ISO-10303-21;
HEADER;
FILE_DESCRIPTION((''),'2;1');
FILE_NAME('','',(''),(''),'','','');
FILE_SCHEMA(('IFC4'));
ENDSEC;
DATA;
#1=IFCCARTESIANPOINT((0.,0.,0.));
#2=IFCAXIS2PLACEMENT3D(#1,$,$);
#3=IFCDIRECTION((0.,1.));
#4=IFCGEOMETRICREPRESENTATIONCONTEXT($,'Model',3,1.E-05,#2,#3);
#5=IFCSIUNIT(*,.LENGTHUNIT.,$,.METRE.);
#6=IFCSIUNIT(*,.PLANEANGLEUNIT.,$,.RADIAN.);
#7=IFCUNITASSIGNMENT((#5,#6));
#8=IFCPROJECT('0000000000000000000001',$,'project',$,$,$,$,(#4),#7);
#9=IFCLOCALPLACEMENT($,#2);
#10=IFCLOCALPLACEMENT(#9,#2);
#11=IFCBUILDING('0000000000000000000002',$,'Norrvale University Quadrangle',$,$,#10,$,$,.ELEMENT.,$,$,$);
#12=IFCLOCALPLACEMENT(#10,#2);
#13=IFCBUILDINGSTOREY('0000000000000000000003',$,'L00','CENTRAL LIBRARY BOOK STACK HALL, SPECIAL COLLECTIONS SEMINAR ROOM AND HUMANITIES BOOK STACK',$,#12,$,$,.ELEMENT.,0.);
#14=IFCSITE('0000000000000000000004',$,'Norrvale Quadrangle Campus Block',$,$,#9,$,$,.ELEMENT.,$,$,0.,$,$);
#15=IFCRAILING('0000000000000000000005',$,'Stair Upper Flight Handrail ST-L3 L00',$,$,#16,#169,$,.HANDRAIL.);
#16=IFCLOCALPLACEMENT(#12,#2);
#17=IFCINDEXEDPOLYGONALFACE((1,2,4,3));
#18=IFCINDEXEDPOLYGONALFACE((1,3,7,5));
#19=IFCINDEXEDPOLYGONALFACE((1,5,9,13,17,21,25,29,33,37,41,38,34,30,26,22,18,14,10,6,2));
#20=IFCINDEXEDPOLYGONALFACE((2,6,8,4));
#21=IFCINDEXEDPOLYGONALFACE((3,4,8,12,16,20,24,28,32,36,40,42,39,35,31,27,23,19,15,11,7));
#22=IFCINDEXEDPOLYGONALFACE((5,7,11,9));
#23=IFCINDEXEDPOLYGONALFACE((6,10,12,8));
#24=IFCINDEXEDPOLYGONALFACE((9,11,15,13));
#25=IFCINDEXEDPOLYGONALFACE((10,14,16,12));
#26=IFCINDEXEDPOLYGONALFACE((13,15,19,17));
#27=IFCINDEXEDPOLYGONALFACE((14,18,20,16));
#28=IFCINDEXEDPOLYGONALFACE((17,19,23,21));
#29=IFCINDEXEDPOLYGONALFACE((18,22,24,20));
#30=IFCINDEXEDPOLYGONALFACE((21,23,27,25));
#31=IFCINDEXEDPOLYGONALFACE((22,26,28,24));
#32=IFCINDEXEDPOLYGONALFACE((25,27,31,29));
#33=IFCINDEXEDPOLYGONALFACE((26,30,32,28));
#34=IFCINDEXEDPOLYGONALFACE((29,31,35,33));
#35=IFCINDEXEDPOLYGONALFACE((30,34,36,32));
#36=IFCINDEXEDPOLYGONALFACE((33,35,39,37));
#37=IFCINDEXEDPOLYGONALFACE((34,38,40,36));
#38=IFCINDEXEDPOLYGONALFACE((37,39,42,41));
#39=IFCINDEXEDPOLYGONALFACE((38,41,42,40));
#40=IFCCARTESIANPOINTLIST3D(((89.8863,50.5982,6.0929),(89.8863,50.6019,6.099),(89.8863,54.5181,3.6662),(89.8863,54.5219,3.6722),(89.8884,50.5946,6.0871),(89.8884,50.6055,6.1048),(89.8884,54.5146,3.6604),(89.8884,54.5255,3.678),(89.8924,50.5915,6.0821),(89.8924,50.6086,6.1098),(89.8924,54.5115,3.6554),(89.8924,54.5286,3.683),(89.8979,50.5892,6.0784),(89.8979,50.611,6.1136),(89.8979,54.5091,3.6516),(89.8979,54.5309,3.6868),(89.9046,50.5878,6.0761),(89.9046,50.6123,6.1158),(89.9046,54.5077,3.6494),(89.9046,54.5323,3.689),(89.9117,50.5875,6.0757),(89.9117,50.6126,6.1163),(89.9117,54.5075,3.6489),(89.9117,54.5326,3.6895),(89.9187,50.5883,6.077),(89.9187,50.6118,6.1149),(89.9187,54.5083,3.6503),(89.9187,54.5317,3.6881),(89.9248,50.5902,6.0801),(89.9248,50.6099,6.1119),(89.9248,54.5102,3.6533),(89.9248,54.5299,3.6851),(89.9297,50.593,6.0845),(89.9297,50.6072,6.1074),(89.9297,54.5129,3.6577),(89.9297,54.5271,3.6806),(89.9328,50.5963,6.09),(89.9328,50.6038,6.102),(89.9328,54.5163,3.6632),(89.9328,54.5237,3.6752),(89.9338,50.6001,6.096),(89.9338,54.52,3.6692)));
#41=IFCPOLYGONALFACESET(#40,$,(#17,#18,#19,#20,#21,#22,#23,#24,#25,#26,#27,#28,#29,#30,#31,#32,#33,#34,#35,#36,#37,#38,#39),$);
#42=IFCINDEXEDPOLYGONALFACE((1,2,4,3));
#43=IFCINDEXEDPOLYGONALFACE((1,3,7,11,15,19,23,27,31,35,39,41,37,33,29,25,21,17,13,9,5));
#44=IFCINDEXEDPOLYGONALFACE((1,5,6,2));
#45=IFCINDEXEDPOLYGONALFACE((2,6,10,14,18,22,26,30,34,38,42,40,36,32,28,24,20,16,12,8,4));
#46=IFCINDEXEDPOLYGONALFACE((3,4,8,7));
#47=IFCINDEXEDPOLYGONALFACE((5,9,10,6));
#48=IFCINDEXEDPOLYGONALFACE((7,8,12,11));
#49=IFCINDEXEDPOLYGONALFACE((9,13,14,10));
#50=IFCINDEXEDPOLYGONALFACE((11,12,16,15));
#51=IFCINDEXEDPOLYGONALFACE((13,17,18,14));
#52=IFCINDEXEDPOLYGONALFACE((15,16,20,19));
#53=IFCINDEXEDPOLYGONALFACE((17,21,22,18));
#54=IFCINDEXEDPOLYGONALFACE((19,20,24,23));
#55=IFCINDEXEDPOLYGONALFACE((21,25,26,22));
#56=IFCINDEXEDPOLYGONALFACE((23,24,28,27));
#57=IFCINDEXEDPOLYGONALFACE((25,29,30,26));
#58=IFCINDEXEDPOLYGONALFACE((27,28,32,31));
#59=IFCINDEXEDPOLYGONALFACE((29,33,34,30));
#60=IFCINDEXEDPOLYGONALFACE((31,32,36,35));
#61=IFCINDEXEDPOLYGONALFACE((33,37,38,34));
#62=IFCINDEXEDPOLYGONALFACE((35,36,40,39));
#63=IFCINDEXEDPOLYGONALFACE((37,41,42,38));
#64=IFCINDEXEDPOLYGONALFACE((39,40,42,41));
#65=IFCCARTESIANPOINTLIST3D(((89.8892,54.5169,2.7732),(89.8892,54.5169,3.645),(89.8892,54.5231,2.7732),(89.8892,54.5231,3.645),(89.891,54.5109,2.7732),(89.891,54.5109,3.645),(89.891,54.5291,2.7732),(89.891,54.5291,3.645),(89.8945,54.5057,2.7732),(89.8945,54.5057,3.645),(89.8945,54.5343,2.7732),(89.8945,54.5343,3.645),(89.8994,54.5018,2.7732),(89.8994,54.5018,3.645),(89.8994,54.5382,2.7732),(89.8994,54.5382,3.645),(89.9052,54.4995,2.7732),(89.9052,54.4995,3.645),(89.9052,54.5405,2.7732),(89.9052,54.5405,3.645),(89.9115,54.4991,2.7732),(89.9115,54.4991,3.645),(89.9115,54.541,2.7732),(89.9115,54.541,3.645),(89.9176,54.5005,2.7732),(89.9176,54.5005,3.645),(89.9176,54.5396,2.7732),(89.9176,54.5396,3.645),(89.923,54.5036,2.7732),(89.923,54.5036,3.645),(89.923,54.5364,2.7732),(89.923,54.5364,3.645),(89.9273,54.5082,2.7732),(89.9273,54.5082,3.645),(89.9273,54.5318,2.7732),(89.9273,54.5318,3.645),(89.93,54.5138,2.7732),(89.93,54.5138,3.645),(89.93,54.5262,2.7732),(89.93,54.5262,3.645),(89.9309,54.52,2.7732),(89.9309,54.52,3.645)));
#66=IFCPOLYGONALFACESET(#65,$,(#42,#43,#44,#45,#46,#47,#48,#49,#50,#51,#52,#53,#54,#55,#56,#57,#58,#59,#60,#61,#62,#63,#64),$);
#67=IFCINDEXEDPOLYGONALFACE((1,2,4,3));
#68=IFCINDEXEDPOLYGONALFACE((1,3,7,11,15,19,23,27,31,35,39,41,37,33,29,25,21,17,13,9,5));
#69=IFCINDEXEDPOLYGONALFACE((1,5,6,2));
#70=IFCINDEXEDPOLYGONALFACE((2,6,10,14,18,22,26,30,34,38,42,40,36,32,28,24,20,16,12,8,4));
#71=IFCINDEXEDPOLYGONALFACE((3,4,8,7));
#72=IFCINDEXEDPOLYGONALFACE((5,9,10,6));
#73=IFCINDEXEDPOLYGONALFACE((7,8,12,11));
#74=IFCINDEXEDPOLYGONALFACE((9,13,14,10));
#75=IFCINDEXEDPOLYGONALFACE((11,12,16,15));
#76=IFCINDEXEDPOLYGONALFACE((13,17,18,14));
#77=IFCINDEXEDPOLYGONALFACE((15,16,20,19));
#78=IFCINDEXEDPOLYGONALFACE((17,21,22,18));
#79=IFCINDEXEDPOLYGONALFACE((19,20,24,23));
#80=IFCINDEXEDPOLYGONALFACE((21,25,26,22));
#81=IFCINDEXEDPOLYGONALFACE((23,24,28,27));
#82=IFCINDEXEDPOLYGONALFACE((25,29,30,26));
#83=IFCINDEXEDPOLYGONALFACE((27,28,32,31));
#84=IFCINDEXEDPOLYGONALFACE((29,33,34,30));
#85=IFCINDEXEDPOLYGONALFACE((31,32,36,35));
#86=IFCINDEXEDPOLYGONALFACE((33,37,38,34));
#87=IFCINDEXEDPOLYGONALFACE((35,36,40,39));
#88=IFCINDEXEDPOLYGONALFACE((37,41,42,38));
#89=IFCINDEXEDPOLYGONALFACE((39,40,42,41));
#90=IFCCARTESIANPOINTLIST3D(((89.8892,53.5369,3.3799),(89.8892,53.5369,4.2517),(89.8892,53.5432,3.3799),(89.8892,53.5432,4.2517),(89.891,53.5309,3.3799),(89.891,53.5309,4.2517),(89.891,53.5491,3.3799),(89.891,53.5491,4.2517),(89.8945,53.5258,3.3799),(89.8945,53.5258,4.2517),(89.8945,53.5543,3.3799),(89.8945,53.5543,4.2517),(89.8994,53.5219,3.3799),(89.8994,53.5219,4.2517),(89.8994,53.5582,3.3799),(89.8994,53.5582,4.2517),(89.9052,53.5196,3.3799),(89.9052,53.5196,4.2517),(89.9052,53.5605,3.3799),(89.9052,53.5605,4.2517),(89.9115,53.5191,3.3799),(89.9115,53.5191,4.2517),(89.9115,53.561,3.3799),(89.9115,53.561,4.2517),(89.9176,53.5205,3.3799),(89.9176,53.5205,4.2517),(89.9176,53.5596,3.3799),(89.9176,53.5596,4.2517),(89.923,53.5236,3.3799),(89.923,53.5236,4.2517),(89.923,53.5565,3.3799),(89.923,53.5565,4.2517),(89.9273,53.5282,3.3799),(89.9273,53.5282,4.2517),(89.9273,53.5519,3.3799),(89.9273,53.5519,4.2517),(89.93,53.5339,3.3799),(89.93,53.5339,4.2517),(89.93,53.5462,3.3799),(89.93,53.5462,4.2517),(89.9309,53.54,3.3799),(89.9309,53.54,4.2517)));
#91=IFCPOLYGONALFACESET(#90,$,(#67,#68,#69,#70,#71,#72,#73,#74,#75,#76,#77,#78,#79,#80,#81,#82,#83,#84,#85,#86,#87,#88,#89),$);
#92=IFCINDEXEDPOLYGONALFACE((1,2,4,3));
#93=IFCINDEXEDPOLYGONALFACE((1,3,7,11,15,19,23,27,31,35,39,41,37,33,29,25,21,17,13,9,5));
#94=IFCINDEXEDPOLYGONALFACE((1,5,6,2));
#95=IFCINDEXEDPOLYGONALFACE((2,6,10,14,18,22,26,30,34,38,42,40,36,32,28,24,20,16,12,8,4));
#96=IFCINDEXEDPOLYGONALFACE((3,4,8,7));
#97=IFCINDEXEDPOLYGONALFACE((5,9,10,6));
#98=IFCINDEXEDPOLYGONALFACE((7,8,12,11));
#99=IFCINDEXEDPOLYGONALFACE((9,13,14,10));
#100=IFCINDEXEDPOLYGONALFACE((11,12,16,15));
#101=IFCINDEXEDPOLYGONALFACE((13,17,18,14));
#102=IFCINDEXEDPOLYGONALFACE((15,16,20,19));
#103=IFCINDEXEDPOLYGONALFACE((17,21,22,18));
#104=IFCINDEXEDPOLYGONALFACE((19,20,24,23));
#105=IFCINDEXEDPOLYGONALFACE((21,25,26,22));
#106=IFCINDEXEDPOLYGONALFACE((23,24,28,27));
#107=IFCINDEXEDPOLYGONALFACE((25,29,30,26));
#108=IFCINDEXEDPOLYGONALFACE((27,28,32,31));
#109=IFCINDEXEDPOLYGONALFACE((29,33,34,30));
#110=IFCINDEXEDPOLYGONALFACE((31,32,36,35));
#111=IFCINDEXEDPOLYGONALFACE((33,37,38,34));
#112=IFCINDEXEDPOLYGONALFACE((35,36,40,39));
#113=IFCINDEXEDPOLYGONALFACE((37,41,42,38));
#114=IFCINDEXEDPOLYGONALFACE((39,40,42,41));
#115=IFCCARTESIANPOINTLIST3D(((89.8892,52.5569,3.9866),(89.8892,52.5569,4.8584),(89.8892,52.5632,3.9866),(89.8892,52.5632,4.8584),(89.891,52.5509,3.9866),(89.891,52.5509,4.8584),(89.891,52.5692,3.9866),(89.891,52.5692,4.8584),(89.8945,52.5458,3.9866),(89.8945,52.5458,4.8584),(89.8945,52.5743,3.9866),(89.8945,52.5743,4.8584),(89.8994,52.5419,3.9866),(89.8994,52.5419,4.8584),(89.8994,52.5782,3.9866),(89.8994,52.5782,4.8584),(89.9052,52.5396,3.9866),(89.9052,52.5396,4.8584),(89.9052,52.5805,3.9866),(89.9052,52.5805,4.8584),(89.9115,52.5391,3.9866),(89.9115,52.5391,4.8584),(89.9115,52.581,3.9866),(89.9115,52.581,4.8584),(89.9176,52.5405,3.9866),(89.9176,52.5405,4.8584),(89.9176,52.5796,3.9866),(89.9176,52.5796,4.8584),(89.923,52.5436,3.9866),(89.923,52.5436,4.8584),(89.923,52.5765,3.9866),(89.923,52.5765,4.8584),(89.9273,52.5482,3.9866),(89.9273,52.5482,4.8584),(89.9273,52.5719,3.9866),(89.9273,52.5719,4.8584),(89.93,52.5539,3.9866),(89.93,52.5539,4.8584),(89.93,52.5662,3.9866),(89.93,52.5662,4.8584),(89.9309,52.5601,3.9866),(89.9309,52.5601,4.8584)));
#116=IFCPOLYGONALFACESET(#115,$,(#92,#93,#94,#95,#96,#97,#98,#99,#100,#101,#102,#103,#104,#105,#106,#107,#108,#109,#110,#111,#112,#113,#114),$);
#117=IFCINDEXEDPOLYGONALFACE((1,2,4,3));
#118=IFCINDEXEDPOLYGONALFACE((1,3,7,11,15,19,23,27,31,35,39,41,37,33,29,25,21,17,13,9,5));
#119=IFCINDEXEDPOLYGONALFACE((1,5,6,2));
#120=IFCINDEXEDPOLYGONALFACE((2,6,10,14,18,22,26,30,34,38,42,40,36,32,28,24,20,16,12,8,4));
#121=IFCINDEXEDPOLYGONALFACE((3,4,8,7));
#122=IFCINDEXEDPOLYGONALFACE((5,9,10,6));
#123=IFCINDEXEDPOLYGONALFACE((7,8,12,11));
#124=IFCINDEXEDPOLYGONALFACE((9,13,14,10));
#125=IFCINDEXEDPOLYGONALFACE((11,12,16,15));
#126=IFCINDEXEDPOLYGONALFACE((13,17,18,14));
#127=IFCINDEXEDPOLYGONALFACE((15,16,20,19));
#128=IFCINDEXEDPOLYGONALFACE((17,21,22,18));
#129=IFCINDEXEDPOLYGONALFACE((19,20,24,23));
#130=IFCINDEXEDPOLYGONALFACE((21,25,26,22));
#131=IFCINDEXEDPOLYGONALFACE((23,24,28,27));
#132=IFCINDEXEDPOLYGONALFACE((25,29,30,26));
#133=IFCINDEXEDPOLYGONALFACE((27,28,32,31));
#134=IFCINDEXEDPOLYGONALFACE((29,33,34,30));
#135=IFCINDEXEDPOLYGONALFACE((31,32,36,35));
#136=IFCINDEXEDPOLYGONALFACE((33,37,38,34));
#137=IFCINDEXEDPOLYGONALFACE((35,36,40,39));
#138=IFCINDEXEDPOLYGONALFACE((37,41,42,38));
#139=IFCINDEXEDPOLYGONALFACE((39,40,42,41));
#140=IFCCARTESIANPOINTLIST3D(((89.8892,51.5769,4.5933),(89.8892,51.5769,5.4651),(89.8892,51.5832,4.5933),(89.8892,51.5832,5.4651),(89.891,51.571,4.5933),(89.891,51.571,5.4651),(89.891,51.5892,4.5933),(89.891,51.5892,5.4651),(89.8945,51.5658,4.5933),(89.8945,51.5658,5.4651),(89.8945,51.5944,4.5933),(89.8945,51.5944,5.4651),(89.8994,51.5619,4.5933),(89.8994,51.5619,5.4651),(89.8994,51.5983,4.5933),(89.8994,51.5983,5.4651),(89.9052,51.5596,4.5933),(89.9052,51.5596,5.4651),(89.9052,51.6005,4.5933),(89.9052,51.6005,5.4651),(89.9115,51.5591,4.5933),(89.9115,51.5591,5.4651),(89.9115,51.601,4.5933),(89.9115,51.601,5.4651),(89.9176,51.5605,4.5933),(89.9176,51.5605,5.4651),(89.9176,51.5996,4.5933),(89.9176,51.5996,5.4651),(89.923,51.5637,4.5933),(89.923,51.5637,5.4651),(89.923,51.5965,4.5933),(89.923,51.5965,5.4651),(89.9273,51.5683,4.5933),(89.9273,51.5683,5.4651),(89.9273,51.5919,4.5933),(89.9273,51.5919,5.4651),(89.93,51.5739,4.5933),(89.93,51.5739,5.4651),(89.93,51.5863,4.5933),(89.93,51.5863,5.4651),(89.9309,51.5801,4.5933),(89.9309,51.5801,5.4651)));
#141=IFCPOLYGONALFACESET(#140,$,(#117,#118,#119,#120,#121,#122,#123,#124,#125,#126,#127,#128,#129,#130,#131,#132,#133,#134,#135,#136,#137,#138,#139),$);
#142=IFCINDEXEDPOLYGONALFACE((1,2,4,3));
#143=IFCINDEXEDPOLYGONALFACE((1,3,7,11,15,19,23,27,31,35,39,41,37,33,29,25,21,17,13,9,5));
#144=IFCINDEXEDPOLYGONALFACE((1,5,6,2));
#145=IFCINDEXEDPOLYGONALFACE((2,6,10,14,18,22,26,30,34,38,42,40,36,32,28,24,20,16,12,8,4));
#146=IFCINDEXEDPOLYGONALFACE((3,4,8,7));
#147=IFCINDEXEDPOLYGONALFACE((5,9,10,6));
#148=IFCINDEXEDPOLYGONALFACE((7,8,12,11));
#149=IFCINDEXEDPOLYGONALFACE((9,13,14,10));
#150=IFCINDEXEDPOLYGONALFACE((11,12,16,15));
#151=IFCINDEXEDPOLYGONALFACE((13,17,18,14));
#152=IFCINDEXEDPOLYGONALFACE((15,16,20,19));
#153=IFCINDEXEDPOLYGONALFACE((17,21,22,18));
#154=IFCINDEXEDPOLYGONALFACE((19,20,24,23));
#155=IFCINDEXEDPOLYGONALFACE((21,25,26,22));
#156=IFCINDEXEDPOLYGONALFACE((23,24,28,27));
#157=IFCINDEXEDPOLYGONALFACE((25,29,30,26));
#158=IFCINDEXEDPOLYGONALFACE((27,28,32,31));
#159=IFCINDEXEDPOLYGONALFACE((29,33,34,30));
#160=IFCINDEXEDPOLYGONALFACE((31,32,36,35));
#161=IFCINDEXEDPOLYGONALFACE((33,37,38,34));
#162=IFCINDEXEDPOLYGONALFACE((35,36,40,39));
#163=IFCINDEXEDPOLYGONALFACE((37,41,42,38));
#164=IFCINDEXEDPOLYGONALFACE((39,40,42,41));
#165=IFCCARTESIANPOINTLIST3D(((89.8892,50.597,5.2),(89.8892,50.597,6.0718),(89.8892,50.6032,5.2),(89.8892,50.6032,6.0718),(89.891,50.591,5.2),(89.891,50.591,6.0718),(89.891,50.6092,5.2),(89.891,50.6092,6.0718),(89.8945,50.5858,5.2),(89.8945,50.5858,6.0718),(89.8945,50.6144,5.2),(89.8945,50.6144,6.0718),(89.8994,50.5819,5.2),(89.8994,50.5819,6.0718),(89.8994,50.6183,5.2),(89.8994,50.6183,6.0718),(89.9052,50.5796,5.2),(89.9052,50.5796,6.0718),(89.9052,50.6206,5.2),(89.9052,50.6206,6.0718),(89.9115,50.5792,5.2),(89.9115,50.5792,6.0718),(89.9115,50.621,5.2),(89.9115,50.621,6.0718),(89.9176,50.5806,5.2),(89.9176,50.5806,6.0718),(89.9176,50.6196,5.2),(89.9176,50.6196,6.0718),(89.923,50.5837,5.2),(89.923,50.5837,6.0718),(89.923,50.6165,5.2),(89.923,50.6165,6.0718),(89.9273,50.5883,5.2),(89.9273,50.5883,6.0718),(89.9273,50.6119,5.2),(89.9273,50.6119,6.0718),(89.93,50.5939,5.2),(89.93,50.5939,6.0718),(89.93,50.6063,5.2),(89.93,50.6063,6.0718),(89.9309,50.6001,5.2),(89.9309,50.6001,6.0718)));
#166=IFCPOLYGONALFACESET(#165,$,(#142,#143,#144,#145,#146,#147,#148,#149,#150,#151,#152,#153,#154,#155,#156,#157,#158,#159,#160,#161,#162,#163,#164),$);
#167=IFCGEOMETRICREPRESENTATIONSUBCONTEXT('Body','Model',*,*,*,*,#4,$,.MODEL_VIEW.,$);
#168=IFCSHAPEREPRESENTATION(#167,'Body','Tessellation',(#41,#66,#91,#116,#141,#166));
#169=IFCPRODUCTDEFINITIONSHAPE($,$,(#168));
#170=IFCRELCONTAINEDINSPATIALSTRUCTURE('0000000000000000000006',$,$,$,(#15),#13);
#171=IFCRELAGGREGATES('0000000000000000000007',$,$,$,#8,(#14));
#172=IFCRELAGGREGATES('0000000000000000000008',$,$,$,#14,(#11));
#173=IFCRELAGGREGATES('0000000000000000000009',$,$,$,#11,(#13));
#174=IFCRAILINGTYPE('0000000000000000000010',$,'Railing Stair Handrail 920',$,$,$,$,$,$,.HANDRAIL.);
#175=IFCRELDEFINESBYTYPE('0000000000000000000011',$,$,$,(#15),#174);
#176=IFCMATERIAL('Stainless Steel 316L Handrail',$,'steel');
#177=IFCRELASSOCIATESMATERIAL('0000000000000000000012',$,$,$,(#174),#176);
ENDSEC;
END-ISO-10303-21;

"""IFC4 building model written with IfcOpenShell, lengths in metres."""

from ifc_helpers import new_model, si_unit, direction, frame, origin, origin_2d, place, context, subcontext, project, spatial, circle, extrude, material, type_object, element, save


model = new_model("IFC4")

# Units and contexts
model_context = context("Model", 3, precision=1e-05, world=origin(), true_north=direction((0.0, 1.0)))
body_context = subcontext(model_context, "Body", "Model", "MODEL_VIEW")
ifc_project = project(units=[si_unit("LENGTHUNIT", "METRE"), si_unit("PLANEANGLEUNIT", "RADIAN")], contexts=[model_context])

# Site, building, storey
site_placement = place(None, origin())
site = spatial("IfcSite", under=ifc_project, at=site_placement, Name="Norrvale Quadrangle Campus Block", CompositionType="ELEMENT", RefElevation=0.0)
building_placement = place(site_placement, origin())
building = spatial("IfcBuilding", under=site, at=building_placement, Name="Norrvale University Quadrangle", CompositionType="ELEMENT")
storey_placement = place(building_placement, origin())
storey = spatial("IfcBuildingStorey", under=building, at=storey_placement, Name="L00", Description="CENTRAL LIBRARY BOOK STACK HALL, SPECIAL COLLECTIONS SEMINAR ROOM AND HUMANITIES BOOK STACK", CompositionType="ELEMENT", Elevation=0.0)

# Railing
ifc_material_1 = material(Name="Stainless Steel 316L Handrail", Category="steel")
railing_type_1 = type_object("IfcRailingType", Name="Railing Stair Handrail 920", PredefinedType="HANDRAIL", material=ifc_material_1)
railing_1_placement = place(storey_placement, frame((89.9099, 54.52, 2.7732)))
element("IfcRailing", 1, at=railing_1_placement, inside=storey, type_object=railing_type_1, Name="Stair Upper Flight Handrail ST-L3 L00", PredefinedType="HANDRAIL", context=body_context, shape_type="SweptSolid", body=[
    extrude(circle(Radius=0.0239, at=origin_2d()), frame((0.0, 0.0, 0.896), z_axis=(0.0, -0.850252, 0.526376), x_axis=(1.0, 0.0, 0.0)), (0.0, 0.0, 1.0), 4.6104),
    extrude(circle(Radius=0.021, at=origin_2d()), origin(), (0.0, 0.0, 1.0), 0.8718),
    extrude(circle(Radius=0.021, at=origin_2d()), frame((0.0, -0.98, 0.6067)), (0.0, 0.0, 1.0), 0.8718),
    extrude(circle(Radius=0.021, at=origin_2d()), frame((0.0, -1.96, 1.2134)), (0.0, 0.0, 1.0), 0.8718),
    extrude(circle(Radius=0.021, at=origin_2d()), frame((0.0, -2.9399, 1.8201)), (0.0, 0.0, 1.0), 0.8718),
    extrude(circle(Radius=0.021, at=origin_2d()), frame((0.0, -3.9199, 2.4268)), (0.0, 0.0, 1.0), 0.8718),
])

save(model, "model.ifc")
